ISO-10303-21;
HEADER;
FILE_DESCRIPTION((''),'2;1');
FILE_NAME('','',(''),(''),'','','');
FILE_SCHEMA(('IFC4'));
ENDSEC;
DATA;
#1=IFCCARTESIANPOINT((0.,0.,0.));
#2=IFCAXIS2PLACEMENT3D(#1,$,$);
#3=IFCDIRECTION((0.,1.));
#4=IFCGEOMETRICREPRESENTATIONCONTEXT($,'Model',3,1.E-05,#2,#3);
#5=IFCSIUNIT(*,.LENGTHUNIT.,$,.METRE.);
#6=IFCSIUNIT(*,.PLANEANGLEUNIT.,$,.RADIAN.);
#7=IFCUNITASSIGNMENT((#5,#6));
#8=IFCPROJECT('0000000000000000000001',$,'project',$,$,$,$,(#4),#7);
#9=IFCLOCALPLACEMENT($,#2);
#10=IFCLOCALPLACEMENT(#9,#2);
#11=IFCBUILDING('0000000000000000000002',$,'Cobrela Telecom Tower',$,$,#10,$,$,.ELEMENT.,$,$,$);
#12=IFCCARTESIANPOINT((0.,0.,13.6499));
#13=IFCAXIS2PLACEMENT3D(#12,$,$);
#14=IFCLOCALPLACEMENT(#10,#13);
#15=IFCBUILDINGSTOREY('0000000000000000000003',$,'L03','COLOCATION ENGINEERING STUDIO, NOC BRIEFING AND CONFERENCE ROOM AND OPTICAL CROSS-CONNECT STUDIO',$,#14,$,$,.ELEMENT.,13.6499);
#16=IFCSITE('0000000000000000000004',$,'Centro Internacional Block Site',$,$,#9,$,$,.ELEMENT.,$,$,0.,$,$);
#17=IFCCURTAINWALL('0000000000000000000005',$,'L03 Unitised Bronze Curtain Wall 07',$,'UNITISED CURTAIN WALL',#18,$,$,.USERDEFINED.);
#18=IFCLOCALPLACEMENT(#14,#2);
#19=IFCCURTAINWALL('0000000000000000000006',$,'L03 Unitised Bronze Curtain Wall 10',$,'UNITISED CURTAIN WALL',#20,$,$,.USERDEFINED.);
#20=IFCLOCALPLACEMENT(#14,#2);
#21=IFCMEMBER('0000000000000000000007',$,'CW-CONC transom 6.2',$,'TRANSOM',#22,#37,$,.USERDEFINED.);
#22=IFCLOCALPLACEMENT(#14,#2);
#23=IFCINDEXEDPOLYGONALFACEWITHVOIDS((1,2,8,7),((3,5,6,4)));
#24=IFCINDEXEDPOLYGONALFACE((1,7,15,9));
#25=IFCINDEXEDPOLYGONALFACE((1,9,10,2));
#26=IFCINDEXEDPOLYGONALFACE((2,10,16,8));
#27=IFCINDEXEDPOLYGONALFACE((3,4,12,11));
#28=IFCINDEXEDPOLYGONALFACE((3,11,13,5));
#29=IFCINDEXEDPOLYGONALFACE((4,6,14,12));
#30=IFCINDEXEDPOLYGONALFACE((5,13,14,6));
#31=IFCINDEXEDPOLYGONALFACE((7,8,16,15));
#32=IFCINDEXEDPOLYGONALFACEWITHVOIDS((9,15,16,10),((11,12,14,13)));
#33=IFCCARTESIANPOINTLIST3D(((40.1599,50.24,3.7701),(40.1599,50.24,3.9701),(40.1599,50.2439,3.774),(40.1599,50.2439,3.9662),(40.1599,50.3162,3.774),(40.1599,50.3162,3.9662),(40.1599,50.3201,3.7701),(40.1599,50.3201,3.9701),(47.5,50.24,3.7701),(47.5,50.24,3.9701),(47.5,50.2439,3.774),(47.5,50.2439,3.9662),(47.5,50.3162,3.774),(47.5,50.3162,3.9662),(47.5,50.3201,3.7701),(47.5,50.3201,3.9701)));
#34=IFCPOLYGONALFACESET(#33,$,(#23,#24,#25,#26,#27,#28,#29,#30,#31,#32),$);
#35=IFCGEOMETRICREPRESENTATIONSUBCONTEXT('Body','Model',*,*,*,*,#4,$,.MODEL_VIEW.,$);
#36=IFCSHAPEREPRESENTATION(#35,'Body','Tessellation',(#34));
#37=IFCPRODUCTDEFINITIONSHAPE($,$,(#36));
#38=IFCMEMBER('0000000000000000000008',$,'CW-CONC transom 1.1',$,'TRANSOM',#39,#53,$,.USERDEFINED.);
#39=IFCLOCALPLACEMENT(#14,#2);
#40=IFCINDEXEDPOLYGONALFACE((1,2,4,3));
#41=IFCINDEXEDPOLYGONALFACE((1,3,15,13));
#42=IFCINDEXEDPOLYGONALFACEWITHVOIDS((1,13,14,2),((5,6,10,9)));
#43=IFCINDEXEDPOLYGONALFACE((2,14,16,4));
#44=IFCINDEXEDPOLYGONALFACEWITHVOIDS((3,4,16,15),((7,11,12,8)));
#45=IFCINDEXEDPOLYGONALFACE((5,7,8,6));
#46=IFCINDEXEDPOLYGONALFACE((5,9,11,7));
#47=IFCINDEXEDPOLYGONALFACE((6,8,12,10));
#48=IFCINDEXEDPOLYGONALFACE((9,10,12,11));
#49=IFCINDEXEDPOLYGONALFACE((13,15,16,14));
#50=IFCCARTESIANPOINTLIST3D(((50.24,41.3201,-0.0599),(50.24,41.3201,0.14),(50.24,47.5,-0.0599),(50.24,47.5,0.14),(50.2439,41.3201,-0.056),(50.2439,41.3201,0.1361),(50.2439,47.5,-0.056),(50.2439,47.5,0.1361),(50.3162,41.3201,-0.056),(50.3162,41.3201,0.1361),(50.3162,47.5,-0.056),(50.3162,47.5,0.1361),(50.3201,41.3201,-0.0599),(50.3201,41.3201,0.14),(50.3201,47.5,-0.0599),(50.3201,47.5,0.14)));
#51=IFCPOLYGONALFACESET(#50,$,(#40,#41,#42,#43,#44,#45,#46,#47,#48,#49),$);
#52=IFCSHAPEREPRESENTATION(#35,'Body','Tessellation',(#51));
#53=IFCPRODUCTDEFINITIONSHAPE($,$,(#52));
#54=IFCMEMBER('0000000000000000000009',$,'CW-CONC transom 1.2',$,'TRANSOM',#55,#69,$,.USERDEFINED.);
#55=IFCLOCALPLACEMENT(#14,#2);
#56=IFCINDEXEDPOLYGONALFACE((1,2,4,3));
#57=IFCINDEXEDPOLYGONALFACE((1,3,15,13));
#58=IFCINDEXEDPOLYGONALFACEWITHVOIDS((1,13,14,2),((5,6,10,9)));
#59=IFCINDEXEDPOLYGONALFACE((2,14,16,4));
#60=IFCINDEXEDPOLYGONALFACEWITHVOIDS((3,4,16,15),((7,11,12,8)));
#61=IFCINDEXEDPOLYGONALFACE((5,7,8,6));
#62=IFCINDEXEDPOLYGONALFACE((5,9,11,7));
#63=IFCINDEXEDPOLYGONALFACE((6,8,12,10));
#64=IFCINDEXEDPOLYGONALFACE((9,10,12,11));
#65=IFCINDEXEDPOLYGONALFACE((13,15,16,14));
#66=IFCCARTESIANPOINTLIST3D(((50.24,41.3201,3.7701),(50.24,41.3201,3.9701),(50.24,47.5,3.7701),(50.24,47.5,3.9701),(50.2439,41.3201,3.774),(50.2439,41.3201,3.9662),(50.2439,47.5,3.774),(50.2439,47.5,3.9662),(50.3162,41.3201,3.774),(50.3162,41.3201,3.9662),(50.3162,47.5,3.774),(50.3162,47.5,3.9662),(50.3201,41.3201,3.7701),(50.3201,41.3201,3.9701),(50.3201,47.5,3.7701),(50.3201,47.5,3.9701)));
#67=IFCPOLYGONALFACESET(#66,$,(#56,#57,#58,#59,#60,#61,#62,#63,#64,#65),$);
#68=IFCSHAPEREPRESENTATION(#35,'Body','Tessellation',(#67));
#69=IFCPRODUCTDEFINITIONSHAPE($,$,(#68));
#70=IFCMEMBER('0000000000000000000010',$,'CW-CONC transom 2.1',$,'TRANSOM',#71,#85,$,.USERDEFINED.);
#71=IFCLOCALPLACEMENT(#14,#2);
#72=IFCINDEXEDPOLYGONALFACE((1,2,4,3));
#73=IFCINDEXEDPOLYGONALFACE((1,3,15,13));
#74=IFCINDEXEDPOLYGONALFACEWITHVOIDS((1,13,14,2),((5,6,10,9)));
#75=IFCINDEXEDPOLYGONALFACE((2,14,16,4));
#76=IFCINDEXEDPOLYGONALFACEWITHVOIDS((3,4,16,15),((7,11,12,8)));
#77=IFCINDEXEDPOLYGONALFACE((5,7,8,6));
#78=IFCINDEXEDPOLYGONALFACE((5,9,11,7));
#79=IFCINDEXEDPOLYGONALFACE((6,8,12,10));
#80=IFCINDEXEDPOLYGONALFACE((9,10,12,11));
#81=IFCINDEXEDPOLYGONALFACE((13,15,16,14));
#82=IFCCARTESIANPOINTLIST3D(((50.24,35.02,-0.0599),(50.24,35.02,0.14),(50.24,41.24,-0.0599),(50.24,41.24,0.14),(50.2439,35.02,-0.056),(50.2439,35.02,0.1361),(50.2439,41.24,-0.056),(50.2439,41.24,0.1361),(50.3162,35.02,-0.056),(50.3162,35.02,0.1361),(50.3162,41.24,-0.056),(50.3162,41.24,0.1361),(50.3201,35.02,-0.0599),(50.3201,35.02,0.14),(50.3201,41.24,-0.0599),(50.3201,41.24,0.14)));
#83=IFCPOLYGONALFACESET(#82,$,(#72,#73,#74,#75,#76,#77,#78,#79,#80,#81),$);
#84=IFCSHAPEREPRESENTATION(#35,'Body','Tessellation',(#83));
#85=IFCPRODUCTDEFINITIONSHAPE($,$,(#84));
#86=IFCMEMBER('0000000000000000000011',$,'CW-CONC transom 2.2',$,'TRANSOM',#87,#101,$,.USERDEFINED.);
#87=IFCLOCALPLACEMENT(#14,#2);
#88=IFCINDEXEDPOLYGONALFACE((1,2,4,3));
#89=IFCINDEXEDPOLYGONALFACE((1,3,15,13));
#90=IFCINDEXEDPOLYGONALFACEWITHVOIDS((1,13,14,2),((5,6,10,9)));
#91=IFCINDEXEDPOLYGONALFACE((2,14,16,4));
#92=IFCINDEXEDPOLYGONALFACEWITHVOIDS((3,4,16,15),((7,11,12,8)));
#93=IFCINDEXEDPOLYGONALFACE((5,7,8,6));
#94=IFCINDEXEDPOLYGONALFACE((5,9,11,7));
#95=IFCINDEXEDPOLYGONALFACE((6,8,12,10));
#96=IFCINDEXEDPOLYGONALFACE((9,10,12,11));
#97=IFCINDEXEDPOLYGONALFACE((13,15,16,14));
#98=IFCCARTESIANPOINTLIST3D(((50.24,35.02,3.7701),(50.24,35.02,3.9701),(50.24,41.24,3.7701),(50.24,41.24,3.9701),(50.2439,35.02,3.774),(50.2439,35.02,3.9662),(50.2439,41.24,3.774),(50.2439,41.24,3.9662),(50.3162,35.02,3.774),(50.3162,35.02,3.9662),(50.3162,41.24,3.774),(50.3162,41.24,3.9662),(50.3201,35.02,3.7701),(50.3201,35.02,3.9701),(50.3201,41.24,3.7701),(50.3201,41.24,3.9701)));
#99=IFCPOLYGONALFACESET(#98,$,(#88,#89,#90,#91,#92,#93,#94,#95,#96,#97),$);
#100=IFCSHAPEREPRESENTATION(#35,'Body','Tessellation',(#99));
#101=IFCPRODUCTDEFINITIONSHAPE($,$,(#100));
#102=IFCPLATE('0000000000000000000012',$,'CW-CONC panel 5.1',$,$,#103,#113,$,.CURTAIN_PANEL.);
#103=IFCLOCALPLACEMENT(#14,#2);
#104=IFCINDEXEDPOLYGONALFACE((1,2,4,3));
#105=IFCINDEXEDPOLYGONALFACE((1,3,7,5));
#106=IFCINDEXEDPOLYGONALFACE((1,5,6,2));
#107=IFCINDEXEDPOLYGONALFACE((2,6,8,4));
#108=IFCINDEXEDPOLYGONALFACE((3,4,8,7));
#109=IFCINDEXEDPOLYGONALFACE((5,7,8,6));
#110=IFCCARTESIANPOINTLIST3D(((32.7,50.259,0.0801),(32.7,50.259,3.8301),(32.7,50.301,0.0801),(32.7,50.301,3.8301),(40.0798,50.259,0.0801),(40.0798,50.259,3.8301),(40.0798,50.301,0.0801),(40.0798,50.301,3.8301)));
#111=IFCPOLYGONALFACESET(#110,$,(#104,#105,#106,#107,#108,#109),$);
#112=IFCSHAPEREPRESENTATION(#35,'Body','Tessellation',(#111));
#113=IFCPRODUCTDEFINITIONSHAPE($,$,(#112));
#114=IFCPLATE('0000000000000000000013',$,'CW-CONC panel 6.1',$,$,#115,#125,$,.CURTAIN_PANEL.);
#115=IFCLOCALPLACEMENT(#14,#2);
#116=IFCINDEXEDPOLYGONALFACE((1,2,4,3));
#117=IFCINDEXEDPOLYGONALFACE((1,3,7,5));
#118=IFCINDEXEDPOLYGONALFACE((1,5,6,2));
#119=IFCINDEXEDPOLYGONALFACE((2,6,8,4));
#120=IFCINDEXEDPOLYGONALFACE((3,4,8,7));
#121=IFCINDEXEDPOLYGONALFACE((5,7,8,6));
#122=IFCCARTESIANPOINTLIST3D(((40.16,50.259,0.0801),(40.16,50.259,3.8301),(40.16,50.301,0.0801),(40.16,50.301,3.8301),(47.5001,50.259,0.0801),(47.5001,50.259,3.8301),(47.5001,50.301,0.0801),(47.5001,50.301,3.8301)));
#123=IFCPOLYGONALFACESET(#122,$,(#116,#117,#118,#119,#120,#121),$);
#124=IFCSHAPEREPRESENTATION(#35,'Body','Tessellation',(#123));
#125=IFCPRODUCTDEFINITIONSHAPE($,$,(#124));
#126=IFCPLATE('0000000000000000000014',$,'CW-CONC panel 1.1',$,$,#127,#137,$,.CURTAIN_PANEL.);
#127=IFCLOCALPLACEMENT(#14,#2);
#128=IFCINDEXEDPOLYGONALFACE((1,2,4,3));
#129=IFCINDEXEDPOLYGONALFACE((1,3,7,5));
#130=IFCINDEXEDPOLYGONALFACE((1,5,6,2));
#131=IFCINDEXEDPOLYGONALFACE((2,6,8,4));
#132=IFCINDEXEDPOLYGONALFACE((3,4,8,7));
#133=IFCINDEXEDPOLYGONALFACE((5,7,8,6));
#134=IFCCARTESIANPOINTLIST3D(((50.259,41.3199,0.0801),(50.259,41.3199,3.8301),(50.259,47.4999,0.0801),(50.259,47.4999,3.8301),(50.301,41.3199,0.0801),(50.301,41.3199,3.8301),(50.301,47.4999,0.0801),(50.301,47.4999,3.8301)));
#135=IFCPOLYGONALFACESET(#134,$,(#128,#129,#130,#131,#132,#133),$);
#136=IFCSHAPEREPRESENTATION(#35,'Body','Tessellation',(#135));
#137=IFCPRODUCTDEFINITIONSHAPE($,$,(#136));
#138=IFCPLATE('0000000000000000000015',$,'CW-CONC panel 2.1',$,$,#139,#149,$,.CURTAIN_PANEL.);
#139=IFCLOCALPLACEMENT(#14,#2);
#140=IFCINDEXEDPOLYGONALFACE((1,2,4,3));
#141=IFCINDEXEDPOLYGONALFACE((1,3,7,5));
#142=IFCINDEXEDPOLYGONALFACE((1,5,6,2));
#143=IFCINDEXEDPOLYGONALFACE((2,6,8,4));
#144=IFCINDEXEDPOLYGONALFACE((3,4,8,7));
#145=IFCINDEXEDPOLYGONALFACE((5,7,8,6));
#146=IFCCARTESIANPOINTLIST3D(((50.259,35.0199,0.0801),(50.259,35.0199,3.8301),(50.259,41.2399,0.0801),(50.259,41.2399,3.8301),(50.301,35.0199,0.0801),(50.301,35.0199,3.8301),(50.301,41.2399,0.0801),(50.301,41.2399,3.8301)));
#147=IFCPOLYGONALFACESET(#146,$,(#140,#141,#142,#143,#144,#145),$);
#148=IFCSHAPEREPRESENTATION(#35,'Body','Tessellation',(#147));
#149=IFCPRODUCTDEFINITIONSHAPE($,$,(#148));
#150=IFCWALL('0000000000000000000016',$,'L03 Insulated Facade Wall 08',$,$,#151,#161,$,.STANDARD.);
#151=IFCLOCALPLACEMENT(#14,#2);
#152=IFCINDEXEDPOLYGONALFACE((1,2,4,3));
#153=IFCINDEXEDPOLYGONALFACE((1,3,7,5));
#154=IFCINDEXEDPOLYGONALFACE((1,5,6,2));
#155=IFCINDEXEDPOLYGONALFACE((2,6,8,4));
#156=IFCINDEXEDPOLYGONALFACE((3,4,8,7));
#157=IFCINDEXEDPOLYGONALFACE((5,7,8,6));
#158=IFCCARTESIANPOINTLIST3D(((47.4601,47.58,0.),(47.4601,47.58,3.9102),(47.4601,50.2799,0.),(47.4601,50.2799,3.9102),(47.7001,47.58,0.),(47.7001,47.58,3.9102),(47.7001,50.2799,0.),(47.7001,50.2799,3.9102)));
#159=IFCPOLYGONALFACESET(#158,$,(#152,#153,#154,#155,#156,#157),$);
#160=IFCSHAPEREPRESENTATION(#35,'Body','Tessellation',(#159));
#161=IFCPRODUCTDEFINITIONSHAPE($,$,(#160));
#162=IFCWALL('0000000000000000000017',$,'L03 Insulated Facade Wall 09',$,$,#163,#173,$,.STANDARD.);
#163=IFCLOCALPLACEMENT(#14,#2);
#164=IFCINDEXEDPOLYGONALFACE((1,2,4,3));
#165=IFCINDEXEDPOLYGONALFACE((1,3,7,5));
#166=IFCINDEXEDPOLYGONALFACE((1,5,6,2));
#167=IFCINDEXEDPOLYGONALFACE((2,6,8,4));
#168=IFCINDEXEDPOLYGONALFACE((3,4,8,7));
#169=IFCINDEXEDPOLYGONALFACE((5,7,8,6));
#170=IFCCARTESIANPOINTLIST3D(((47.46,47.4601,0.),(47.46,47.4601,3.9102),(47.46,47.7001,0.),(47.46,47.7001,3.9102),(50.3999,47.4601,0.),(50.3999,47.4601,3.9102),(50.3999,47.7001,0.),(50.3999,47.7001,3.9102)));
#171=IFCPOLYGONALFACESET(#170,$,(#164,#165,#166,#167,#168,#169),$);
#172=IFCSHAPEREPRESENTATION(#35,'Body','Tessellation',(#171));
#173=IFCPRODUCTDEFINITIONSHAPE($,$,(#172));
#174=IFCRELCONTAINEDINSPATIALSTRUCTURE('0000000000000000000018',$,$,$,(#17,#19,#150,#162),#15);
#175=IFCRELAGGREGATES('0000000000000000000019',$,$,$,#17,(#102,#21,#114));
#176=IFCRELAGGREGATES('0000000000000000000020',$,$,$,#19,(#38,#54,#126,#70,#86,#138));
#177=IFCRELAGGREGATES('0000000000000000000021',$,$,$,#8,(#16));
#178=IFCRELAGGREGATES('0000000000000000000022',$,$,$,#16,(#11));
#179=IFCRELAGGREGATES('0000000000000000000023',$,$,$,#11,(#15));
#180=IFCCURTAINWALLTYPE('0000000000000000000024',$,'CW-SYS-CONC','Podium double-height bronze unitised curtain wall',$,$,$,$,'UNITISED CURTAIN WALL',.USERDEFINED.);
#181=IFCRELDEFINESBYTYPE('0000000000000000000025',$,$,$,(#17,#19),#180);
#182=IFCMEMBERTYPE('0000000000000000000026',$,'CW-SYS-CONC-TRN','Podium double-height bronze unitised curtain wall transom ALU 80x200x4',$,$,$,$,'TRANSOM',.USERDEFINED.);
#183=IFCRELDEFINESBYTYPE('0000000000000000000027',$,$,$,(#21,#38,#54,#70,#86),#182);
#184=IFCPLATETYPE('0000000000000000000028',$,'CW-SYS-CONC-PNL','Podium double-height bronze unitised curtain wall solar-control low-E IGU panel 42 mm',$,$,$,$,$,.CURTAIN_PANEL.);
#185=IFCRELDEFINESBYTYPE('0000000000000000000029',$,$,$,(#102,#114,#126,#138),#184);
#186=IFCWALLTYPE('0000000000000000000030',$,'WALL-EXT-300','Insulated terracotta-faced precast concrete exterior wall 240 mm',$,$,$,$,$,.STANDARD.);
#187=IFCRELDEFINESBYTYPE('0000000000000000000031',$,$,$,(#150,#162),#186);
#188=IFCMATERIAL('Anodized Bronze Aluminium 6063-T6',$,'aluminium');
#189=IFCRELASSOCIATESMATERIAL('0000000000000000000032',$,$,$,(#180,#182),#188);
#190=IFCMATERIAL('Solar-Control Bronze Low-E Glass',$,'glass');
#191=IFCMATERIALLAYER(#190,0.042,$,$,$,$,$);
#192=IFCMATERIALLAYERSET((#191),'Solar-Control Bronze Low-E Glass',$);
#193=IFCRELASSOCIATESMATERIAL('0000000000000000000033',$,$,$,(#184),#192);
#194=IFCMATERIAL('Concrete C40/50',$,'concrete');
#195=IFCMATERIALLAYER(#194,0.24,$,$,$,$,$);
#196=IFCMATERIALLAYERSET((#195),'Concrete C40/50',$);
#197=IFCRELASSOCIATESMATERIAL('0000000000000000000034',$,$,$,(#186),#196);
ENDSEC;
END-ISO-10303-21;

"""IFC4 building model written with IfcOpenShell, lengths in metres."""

from ifc_helpers import new_model, si_unit, direction, frame, frame_2d, origin, origin_2d, place, context, subcontext, project, spatial, rectangle, hollow_rectangle, extrude, material, layer, layer_set, material_profile, profile_set, type_object, element, aggregate, save


model = new_model("IFC4")

# Units and contexts
model_context = context("Model", 3, precision=1e-05, world=origin(), true_north=direction((0.0, 1.0)))
body_context = subcontext(model_context, "Body", "Model", "MODEL_VIEW")
ifc_project = project(units=[si_unit("LENGTHUNIT", "METRE"), si_unit("PLANEANGLEUNIT", "RADIAN")], contexts=[model_context])

# Site, building, storey
site_placement = place(None, origin())
site = spatial("IfcSite", under=ifc_project, at=site_placement, Name="Centro Internacional Block Site", CompositionType="ELEMENT", RefElevation=0.0)
building_placement = place(site_placement, origin())
building = spatial("IfcBuilding", under=site, at=building_placement, Name="Cobrela Telecom Tower", CompositionType="ELEMENT")
storey_placement = place(building_placement, frame((0.0, 0.0, 13.6499)))
storey = spatial("IfcBuildingStorey", under=building, at=storey_placement, Name="L03", Description="COLOCATION ENGINEERING STUDIO, NOC BRIEFING AND CONFERENCE ROOM AND OPTICAL CROSS-CONNECT STUDIO", CompositionType="ELEMENT", Elevation=13.6499)

# Shared definitions
ifc_material_1 = material(Name="Concrete C40/50", Category="concrete")

# Curtain walls
ifc_material_2 = material(Name="Anodized Bronze Aluminium 6063-T6", Category="aluminium")
curtain_wall_type = type_object("IfcCurtainWallType", Name="CW-SYS-CONC", Description="Podium double-height bronze unitised curtain wall", ElementType="UNITISED CURTAIN WALL", PredefinedType="USERDEFINED", material=ifc_material_2)
curtain_wall_1_placement = place(storey_placement, origin())
curtain_wall_1 = element("IfcCurtainWall", 1, at=curtain_wall_1_placement, inside=storey, type_object=curtain_wall_type, Name="L03 Unitised Bronze Curtain Wall 07", ObjectType="UNITISED CURTAIN WALL", PredefinedType="USERDEFINED")
curtain_wall_2_placement = place(storey_placement, origin())
curtain_wall_2 = element("IfcCurtainWall", 2, at=curtain_wall_2_placement, inside=storey, type_object=curtain_wall_type, Name="L03 Unitised Bronze Curtain Wall 10", ObjectType="UNITISED CURTAIN WALL", PredefinedType="USERDEFINED")

# Members
ifc_material_profile_1 = material_profile(ifc_material_2, hollow_rectangle(XDim=0.0801, YDim=0.2, WallThickness=0.0039, at=origin_2d()), Name="ALU 80x200x4")
ifc_profile_set_1 = profile_set([ifc_material_profile_1], Name="Anodized Bronze Aluminium 6063-T6")
member_type_1 = type_object("IfcMemberType", Name="CW-SYS-CONC-TRN", Description="Podium double-height bronze unitised curtain wall transom ALU 80x200x4", ElementType="TRANSOM", PredefinedType="USERDEFINED", material=ifc_profile_set_1)
member_1_placement = place(storey_placement, frame((40.1599, 50.28, 3.8701), z_axis=(1.0, 0.0, 0.0), x_axis=(0.0, 1.0, 0.0)))
member_1 = element("IfcMember", 3, at=member_1_placement, type_object=member_type_1, Name="CW-CONC transom 6.2", ObjectType="TRANSOM", PredefinedType="USERDEFINED", context=body_context, shape_type="SweptSolid", body=[
    extrude(hollow_rectangle(XDim=0.0801, YDim=0.2, WallThickness=0.0039, at=origin_2d()), origin(), (0.0, 0.0, 1.0), 7.3401),
])
member_2_placement = place(storey_placement, frame((50.28, 47.5, 0.04), z_axis=(0.0, -1.0, 0.0), x_axis=(1.0, 0.0, 0.0)))
member_2 = element("IfcMember", 4, at=member_2_placement, type_object=member_type_1, Name="CW-CONC transom 1.1", ObjectType="TRANSOM", PredefinedType="USERDEFINED", context=body_context, shape_type="SweptSolid", body=[
    extrude(hollow_rectangle(XDim=0.0801, YDim=0.2, WallThickness=0.0039, at=origin_2d()), origin(), (0.0, 0.0, 1.0), 6.1799),
])
member_3_placement = place(storey_placement, frame((50.28, 47.5, 3.8701), z_axis=(0.0, -1.0, 0.0), x_axis=(1.0, 0.0, 0.0)))
member_3 = element("IfcMember", 5, at=member_3_placement, type_object=member_type_1, Name="CW-CONC transom 1.2", ObjectType="TRANSOM", PredefinedType="USERDEFINED", context=body_context, shape_type="SweptSolid", body=[
    extrude(hollow_rectangle(XDim=0.0801, YDim=0.2, WallThickness=0.0039, at=origin_2d()), origin(), (0.0, 0.0, 1.0), 6.1799),
])
member_4_placement = place(storey_placement, frame((50.28, 41.24, 0.04), z_axis=(0.0, -1.0, 0.0), x_axis=(1.0, 0.0, 0.0)))
member_4 = element("IfcMember", 6, at=member_4_placement, type_object=member_type_1, Name="CW-CONC transom 2.1", ObjectType="TRANSOM", PredefinedType="USERDEFINED", context=body_context, shape_type="SweptSolid", body=[
    extrude(hollow_rectangle(XDim=0.0801, YDim=0.2, WallThickness=0.0039, at=origin_2d()), origin(), (0.0, 0.0, 1.0), 6.22),
])
member_5_placement = place(storey_placement, frame((50.28, 41.24, 3.8701), z_axis=(0.0, -1.0, 0.0), x_axis=(1.0, 0.0, 0.0)))
member_5 = element("IfcMember", 7, at=member_5_placement, type_object=member_type_1, Name="CW-CONC transom 2.2", ObjectType="TRANSOM", PredefinedType="USERDEFINED", context=body_context, shape_type="SweptSolid", body=[
    extrude(hollow_rectangle(XDim=0.0801, YDim=0.2, WallThickness=0.0039, at=origin_2d()), origin(), (0.0, 0.0, 1.0), 6.22),
])

# Plates
ifc_material_3 = material(Name="Solar-Control Bronze Low-E Glass", Category="glass")
ifc_layer_1 = layer(ifc_material_3, 0.042)
ifc_layer_set_1 = layer_set([ifc_layer_1], Name="Solar-Control Bronze Low-E Glass")
plate_type = type_object("IfcPlateType", Name="CW-SYS-CONC-PNL", Description="Podium double-height bronze unitised curtain wall solar-control low-E IGU panel 42 mm", PredefinedType="CURTAIN_PANEL", material=ifc_layer_set_1)
plate_1_placement = place(storey_placement, frame((36.3899, 50.28, 0.0801), z_axis=(0.0, 0.0, 1.0), x_axis=(1.0, 0.0, 0.0)))
plate_1 = element("IfcPlate", 8, at=plate_1_placement, type_object=plate_type, Name="CW-CONC panel 5.1", PredefinedType="CURTAIN_PANEL", context=body_context, shape_type="SweptSolid", body=[
    extrude(rectangle(XDim=7.3799, YDim=0.042, at=origin_2d()), origin(), (0.0, 0.0, 1.0), 3.75),
])
plate_2_placement = place(storey_placement, frame((43.8301, 50.28, 0.0801), z_axis=(0.0, 0.0, 1.0), x_axis=(1.0, 0.0, 0.0)))
plate_2 = element("IfcPlate", 9, at=plate_2_placement, type_object=plate_type, Name="CW-CONC panel 6.1", PredefinedType="CURTAIN_PANEL", context=body_context, shape_type="SweptSolid", body=[
    extrude(rectangle(XDim=7.3401, YDim=0.042, at=origin_2d()), origin(), (0.0, 0.0, 1.0), 3.75),
])
aggregate(curtain_wall_1, [plate_1, member_1, plate_2])
plate_3_placement = place(storey_placement, frame((50.28, 44.4099, 0.0801), z_axis=(0.0, 0.0, 1.0), x_axis=(0.0, -1.0, 0.0)))
plate_3 = element("IfcPlate", 10, at=plate_3_placement, type_object=plate_type, Name="CW-CONC panel 1.1", PredefinedType="CURTAIN_PANEL", context=body_context, shape_type="SweptSolid", body=[
    extrude(rectangle(XDim=6.1799, YDim=0.042, at=origin_2d()), origin(), (0.0, 0.0, 1.0), 3.75),
])
plate_4_placement = place(storey_placement, frame((50.28, 38.1299, 0.0801), z_axis=(0.0, 0.0, 1.0), x_axis=(0.0, -1.0, 0.0)))
plate_4 = element("IfcPlate", 11, at=plate_4_placement, type_object=plate_type, Name="CW-CONC panel 2.1", PredefinedType="CURTAIN_PANEL", context=body_context, shape_type="SweptSolid", body=[
    extrude(rectangle(XDim=6.22, YDim=0.042, at=origin_2d()), origin(), (0.0, 0.0, 1.0), 3.75),
])
aggregate(curtain_wall_2, [member_2, member_3, plate_3, member_4, member_5, plate_4])

# Walls
ifc_layer_2 = layer(ifc_material_1, 0.24)
ifc_layer_set_2 = layer_set([ifc_layer_2], Name="Concrete C40/50")
wall_type_1 = type_object("IfcWallType", Name="WALL-EXT-300", Description="Insulated terracotta-faced precast concrete exterior wall 240 mm", PredefinedType="STANDARD", material=ifc_layer_set_2)
wall_1_placement = place(storey_placement, frame((47.5801, 50.28, 0.0), z_axis=(0.0, 0.0, 1.0), x_axis=(0.0, -1.0, 0.0)))
element("IfcWall", 12, at=wall_1_placement, inside=storey, type_object=wall_type_1, Name="L03 Insulated Facade Wall 08", PredefinedType="STANDARD", context=body_context, shape_type="SweptSolid", body=[
    extrude(rectangle(XDim=2.7, YDim=0.24, at=frame_2d((1.3501, 0.0))), origin(), (0.0, 0.0, 1.0), 3.9102),
])
wall_2_placement = place(storey_placement, frame((47.46, 47.5801, 0.0), z_axis=(0.0, 0.0, 1.0), x_axis=(1.0, 0.0, 0.0)))
element("IfcWall", 13, at=wall_2_placement, inside=storey, type_object=wall_type_1, Name="L03 Insulated Facade Wall 09", PredefinedType="STANDARD", context=body_context, shape_type="SweptSolid", body=[
    extrude(rectangle(XDim=2.9399, YDim=0.24, at=frame_2d((1.47, 0.0))), origin(), (0.0, 0.0, 1.0), 3.9102),
])

save(model, "model.ifc")
